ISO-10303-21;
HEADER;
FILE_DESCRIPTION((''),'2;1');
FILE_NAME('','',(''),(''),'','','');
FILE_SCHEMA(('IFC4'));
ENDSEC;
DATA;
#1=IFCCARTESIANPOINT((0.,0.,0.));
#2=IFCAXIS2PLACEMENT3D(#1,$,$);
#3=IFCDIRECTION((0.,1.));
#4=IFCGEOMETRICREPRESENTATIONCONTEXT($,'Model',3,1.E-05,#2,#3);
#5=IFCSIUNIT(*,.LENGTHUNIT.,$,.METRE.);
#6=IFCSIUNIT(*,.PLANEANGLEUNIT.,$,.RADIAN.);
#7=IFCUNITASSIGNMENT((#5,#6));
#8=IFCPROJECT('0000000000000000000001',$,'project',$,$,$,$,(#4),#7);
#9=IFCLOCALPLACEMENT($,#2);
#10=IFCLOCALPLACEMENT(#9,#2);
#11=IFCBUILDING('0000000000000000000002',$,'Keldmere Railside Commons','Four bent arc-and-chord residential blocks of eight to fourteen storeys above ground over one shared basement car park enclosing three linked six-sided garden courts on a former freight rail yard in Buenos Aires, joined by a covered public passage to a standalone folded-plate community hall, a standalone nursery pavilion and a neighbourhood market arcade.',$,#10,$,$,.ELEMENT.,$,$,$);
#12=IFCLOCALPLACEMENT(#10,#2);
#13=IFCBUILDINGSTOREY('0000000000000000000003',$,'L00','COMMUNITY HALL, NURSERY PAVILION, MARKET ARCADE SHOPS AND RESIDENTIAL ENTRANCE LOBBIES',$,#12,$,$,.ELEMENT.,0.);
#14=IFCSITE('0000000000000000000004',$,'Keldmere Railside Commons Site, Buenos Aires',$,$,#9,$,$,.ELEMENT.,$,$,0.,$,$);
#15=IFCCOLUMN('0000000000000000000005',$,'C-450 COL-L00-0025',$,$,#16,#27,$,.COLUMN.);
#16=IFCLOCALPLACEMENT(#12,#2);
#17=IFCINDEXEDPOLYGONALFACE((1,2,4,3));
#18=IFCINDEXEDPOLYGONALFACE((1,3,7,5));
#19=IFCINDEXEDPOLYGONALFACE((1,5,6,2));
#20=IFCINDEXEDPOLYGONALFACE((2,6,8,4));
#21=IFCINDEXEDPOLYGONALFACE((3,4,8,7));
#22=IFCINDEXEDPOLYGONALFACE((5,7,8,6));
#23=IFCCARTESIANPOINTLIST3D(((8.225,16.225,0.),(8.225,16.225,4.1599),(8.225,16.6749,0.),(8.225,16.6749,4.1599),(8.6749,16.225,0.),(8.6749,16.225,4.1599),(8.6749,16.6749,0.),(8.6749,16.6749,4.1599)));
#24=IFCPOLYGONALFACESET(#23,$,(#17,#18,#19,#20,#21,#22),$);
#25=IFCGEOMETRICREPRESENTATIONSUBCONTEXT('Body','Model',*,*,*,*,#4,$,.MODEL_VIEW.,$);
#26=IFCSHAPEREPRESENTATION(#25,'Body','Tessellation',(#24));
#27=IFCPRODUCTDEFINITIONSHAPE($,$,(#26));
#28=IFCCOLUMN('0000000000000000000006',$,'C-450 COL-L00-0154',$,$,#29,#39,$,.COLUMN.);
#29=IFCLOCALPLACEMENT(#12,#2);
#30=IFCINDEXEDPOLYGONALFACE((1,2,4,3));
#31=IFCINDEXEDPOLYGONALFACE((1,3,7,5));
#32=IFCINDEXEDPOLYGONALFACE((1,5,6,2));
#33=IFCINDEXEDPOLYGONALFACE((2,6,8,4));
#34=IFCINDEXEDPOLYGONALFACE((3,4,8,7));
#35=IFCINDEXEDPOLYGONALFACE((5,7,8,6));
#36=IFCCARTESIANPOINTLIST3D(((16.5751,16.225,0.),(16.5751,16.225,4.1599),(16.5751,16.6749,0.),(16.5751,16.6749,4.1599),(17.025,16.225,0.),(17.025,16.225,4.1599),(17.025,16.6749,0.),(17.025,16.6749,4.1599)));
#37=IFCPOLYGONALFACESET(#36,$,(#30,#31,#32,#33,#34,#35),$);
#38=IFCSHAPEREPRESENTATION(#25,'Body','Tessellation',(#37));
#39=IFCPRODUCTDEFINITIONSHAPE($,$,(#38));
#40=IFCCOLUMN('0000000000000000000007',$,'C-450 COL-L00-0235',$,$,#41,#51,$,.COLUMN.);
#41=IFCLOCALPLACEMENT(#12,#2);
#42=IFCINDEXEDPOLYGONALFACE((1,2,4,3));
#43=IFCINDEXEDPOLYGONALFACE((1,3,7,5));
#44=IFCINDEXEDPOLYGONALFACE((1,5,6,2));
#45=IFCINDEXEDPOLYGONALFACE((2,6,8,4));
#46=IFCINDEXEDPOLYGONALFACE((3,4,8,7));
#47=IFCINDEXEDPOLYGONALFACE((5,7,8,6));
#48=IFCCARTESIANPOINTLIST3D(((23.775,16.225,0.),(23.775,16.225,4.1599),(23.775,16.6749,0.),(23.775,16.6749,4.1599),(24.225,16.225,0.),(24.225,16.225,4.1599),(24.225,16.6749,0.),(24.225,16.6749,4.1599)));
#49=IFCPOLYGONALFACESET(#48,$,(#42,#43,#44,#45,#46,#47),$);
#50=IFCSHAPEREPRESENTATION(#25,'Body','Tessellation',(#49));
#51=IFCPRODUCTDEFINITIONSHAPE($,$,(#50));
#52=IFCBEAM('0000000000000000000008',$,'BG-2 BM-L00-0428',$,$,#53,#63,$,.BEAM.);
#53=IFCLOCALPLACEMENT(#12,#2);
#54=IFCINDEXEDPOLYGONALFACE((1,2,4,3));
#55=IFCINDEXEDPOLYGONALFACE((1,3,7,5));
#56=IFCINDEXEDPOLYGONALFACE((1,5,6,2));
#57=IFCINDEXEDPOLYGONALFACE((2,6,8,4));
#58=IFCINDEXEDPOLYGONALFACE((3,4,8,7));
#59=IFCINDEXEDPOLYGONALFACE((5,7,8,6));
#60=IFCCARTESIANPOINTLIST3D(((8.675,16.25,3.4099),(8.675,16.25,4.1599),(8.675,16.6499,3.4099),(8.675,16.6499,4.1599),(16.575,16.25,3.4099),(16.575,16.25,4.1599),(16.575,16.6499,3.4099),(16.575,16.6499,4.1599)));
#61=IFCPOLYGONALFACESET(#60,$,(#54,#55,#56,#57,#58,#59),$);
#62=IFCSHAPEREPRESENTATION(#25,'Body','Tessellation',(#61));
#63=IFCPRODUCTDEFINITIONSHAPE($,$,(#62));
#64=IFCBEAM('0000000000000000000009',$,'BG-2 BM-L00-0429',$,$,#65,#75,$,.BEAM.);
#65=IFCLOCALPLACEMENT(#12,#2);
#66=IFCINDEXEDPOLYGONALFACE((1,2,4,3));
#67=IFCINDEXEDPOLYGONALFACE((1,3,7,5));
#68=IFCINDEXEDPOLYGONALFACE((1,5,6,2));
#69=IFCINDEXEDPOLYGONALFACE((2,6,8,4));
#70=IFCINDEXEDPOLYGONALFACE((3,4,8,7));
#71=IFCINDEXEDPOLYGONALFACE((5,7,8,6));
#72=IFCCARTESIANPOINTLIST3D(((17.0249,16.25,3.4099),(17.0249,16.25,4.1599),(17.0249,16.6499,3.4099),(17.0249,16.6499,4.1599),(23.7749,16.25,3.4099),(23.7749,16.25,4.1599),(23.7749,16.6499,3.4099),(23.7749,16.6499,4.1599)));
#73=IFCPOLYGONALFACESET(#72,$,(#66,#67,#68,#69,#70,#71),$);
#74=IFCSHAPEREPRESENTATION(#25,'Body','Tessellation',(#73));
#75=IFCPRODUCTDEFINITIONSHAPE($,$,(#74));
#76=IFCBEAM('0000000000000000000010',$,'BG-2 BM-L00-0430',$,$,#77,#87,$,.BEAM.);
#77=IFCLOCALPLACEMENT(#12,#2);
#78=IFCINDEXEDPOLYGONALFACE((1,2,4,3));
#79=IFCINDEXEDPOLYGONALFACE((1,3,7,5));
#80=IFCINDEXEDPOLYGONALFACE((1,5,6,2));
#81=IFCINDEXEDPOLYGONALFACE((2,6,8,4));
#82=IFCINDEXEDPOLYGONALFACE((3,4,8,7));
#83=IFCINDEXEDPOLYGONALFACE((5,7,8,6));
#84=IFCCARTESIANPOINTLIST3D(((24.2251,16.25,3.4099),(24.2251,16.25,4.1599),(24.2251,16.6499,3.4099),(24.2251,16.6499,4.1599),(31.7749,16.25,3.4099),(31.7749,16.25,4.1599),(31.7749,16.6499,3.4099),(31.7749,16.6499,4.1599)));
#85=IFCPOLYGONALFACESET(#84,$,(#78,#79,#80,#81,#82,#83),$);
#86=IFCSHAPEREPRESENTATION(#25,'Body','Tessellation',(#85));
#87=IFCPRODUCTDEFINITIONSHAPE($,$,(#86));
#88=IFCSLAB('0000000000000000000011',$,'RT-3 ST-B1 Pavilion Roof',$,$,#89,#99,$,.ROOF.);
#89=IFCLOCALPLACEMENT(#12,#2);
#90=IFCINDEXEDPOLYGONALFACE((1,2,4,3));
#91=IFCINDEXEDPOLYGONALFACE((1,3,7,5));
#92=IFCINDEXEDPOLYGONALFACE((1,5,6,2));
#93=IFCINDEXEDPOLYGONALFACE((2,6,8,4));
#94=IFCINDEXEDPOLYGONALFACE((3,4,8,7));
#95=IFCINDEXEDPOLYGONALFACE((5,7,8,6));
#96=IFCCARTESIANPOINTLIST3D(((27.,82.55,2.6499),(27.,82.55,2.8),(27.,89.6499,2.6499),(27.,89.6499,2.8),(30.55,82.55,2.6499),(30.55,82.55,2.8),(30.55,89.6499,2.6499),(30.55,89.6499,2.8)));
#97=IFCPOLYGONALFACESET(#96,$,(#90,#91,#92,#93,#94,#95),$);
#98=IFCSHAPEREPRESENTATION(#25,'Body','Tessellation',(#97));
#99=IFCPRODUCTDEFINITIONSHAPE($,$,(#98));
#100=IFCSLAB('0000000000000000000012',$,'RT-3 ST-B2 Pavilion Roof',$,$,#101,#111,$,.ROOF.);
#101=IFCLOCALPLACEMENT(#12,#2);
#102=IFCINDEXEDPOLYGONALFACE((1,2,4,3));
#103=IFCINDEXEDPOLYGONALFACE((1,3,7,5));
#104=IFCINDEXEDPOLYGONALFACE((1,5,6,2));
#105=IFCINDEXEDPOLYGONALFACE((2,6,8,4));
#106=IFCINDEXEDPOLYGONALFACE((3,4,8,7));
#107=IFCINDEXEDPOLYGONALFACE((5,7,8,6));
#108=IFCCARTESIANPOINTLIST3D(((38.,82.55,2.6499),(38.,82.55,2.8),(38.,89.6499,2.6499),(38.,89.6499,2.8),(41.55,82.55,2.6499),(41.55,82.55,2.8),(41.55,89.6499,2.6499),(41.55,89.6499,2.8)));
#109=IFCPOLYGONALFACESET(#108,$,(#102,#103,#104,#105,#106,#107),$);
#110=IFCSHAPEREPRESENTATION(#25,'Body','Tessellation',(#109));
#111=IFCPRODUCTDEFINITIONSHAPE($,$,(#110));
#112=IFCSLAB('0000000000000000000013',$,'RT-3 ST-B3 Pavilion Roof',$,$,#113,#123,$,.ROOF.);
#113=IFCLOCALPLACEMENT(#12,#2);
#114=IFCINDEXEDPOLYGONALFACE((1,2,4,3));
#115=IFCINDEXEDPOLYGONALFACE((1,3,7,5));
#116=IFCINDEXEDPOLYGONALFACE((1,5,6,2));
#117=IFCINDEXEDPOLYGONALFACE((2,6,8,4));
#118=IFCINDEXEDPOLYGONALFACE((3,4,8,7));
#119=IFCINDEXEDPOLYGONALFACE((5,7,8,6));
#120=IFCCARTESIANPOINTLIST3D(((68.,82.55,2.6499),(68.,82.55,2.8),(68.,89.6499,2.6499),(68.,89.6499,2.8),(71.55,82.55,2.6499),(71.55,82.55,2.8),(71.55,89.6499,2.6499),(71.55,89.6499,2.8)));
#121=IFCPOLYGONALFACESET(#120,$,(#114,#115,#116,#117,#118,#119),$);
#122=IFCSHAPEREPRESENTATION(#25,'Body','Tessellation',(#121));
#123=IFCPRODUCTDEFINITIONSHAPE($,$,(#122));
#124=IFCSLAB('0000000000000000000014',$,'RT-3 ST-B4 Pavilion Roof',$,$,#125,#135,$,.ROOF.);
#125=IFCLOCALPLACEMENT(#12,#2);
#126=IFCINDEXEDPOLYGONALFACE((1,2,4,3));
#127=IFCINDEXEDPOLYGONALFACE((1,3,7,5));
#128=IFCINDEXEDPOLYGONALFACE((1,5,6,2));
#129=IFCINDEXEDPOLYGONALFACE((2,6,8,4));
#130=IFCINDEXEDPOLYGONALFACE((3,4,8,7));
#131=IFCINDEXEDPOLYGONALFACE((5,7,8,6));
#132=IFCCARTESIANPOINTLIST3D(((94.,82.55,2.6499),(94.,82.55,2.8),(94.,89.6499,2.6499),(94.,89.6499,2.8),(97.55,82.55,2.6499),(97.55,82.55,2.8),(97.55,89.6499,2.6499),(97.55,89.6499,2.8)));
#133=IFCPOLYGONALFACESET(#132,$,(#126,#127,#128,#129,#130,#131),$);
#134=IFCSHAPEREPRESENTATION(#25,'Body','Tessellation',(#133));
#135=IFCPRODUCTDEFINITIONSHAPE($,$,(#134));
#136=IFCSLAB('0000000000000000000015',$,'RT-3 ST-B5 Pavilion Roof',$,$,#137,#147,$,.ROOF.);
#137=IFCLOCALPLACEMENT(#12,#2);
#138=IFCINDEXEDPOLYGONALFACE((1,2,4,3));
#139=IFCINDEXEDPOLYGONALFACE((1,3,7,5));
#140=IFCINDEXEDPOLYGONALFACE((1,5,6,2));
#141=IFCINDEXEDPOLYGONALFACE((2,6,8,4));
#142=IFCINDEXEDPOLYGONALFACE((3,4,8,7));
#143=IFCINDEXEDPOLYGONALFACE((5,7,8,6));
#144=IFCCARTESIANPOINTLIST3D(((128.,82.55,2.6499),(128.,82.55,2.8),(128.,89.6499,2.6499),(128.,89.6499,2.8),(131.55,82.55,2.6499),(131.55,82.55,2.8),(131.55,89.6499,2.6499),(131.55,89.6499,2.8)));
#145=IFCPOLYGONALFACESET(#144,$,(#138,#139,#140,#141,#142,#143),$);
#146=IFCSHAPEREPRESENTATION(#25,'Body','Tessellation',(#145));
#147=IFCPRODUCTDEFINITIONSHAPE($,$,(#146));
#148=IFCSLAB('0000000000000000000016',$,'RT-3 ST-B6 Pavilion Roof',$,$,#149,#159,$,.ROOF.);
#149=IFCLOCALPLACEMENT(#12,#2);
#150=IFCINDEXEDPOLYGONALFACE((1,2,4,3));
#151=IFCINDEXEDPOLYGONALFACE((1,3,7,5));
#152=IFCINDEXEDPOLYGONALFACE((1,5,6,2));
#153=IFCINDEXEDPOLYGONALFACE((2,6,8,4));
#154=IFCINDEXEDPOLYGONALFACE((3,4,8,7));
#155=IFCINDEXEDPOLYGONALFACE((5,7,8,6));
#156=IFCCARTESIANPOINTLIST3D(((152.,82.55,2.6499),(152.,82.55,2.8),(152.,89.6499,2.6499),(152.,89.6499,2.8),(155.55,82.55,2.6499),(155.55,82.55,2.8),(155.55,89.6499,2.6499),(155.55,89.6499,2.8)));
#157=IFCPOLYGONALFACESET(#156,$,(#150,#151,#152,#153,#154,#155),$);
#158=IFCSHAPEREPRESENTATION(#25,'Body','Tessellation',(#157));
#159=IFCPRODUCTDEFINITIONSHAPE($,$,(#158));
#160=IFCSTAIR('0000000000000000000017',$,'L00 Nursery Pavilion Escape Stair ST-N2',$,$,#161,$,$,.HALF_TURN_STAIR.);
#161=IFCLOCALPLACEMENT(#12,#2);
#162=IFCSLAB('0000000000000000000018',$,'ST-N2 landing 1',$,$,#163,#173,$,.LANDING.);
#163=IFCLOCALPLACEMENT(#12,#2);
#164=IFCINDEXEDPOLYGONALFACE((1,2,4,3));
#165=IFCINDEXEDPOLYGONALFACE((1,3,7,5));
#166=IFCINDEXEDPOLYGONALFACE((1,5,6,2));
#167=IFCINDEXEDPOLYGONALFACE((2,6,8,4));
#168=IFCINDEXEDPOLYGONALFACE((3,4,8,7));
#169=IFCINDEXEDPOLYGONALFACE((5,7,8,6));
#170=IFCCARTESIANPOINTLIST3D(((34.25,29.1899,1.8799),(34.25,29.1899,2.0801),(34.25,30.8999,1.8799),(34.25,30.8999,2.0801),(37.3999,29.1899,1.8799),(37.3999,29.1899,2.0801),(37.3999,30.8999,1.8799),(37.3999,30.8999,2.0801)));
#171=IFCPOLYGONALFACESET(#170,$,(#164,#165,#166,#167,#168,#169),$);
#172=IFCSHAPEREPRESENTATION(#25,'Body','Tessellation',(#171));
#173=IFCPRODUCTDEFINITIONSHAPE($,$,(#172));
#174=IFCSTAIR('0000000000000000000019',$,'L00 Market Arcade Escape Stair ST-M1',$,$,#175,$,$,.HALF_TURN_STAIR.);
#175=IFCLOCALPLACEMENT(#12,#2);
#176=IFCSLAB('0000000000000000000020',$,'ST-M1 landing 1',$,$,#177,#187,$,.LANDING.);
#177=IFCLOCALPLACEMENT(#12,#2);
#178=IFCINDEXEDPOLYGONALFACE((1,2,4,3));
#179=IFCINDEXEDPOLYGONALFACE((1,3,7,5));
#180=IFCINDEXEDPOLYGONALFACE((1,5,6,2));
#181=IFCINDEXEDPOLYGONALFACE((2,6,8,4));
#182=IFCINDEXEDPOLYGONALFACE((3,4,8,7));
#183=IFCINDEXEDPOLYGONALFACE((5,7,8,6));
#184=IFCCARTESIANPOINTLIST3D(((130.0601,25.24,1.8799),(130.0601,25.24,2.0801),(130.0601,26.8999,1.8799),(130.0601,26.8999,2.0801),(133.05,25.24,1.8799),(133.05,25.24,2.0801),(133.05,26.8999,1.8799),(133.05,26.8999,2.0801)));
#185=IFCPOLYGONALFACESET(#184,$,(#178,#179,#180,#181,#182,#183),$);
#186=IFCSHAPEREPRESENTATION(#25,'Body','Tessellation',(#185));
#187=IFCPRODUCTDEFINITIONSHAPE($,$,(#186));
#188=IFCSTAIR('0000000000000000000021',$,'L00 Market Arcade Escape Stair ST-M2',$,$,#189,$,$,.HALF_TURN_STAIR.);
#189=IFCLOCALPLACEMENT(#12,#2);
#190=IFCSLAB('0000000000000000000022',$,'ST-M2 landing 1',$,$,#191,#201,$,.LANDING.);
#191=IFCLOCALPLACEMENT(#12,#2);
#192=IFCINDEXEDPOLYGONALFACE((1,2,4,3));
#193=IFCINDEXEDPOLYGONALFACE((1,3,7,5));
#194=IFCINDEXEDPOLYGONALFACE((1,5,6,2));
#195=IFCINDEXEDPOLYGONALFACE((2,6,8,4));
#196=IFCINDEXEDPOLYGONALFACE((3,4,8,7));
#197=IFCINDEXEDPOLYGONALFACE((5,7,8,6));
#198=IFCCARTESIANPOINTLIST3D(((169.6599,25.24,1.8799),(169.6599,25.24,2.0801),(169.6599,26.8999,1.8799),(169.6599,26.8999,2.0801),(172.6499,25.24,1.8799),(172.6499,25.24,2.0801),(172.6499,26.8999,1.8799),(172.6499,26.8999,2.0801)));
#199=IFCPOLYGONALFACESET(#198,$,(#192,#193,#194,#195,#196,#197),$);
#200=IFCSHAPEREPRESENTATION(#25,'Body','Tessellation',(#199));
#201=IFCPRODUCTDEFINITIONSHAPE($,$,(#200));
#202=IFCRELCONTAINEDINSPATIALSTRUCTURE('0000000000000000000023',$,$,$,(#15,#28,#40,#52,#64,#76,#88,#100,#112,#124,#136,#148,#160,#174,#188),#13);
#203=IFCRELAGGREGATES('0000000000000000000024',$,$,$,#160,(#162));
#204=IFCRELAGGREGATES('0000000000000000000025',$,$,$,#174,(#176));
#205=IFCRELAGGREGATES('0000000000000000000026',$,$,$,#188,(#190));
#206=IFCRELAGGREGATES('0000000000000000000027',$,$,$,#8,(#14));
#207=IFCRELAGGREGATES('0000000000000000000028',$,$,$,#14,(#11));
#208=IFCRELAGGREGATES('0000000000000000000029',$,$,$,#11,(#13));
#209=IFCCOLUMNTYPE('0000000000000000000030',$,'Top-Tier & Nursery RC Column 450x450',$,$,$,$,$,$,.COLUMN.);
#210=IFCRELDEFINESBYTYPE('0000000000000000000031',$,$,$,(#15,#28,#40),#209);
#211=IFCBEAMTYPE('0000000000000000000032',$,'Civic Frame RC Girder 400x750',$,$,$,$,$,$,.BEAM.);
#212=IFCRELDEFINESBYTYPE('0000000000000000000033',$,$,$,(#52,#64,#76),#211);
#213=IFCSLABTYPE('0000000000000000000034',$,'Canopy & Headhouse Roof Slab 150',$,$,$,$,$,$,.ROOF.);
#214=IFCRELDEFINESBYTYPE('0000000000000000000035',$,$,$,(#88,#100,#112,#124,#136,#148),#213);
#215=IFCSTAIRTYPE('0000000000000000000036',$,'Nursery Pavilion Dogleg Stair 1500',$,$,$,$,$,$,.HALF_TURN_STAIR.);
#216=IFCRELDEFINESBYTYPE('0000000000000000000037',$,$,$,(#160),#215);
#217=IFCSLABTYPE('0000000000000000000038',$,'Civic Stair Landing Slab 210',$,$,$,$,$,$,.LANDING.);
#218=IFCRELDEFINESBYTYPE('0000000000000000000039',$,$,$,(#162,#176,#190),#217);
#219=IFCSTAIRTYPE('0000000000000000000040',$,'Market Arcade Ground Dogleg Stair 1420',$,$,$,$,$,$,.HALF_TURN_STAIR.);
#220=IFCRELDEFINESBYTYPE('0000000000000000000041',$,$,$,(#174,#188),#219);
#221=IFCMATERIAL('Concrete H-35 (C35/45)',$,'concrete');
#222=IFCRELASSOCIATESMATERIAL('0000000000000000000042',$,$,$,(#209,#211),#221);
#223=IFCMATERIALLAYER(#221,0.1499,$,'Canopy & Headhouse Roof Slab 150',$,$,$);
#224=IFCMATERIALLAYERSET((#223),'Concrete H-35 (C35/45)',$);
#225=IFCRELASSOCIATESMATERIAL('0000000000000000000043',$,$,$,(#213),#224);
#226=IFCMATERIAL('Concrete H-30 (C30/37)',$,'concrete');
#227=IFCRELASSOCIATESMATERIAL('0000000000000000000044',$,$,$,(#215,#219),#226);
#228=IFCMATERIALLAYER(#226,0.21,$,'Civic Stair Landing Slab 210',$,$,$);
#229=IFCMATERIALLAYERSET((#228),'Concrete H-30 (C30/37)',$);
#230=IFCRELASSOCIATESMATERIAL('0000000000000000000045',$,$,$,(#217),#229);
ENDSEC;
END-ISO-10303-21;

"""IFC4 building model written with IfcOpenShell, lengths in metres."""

from ifc_helpers import new_model, si_unit, direction, frame, origin, origin_2d, place, context, subcontext, project, spatial, polyline, rectangle, outline, extrude, material, layer, layer_set, material_profile, profile_set, type_object, element, aggregate, save


model = new_model("IFC4")

# Units and contexts
model_context = context("Model", 3, precision=1e-05, world=origin(), true_north=direction((0.0, 1.0)))
body_context = subcontext(model_context, "Body", "Model", "MODEL_VIEW")
ifc_project = project(units=[si_unit("LENGTHUNIT", "METRE"), si_unit("PLANEANGLEUNIT", "RADIAN")], contexts=[model_context])

# Site, building, storey
site_placement = place(None, origin())
site = spatial("IfcSite", under=ifc_project, at=site_placement, Name="Keldmere Railside Commons Site, Buenos Aires", CompositionType="ELEMENT", RefElevation=0.0)
building_placement = place(site_placement, origin())
building = spatial("IfcBuilding", under=site, at=building_placement, Name="Keldmere Railside Commons", Description="Four bent arc-and-chord residential blocks of eight to fourteen storeys above ground over one shared basement car park enclosing three linked six-sided garden courts on a former freight rail yard in Buenos Aires, joined by a covered public passage to a standalone folded-plate community hall, a standalone nursery pavilion and a neighbourhood market arcade.", CompositionType="ELEMENT")
storey_placement = place(building_placement, origin())
storey = spatial("IfcBuildingStorey", under=building, at=storey_placement, Name="L00", Description="COMMUNITY HALL, NURSERY PAVILION, MARKET ARCADE SHOPS AND RESIDENTIAL ENTRANCE LOBBIES", CompositionType="ELEMENT", Elevation=0.0)

# Columns
ifc_material_1 = material(Name="Concrete H-35 (C35/45)", Category="concrete")
ifc_material_profile_1 = material_profile(ifc_material_1, rectangle(XDim=0.45, YDim=0.45, at=origin_2d()), Name="RC-450x450")
ifc_profile_set_1 = profile_set([ifc_material_profile_1], Name="Concrete H-35 (C35/45)")
column_type = type_object("IfcColumnType", Name="Top-Tier & Nursery RC Column 450x450", PredefinedType="COLUMN", material=ifc_profile_set_1)
for number, where, z_axis, x_axis, name in (
    (1, (8.45, 16.45, 0.0), (0.0, 0.0, 1.0), (1.0, 0.0, 0.0), "C-450 COL-L00-0025"),
    (2, (16.8, 16.45, 0.0), (0.0, 0.0, 1.0), (1.0, 0.0, 0.0), "C-450 COL-L00-0154"),
    (3, (24.0, 16.45, 0.0), (0.0, 0.0, 1.0), (1.0, 0.0, 0.0), "C-450 COL-L00-0235"),
):
    element("IfcColumn", number, at=place(storey_placement, frame(where, z_axis=z_axis, x_axis=x_axis)), inside=storey, type_object=column_type, Name=name, PredefinedType="COLUMN", context=body_context, shape_type="SweptSolid", body=[
        extrude(rectangle(XDim=0.45, YDim=0.45, at=origin_2d()), origin(), (0.0, 0.0, 1.0), 4.1599),
    ])

# Beams
ifc_material_profile_2 = material_profile(ifc_material_1, rectangle(XDim=0.3999, YDim=0.75, at=origin_2d()), Name="RC-400x750")
ifc_profile_set_2 = profile_set([ifc_material_profile_2], Name="Concrete H-35 (C35/45)")
beam_type = type_object("IfcBeamType", Name="Civic Frame RC Girder 400x750", PredefinedType="BEAM", material=ifc_profile_set_2)
beam_1_placement = place(storey_placement, frame((8.675, 16.45, 3.7849), z_axis=(1.0, 0.0, 0.0), x_axis=(0.0, 1.0, 0.0)))
element("IfcBeam", 4, at=beam_1_placement, inside=storey, type_object=beam_type, Name="BG-2 BM-L00-0428", PredefinedType="BEAM", context=body_context, shape_type="SweptSolid", body=[
    extrude(rectangle(XDim=0.3999, YDim=0.75, at=origin_2d()), origin(), (0.0, 0.0, 1.0), 7.8999),
])
beam_2_placement = place(storey_placement, frame((17.0249, 16.45, 3.7849), z_axis=(1.0, 0.0, 0.0), x_axis=(0.0, 1.0, 0.0)))
element("IfcBeam", 5, at=beam_2_placement, inside=storey, type_object=beam_type, Name="BG-2 BM-L00-0429", PredefinedType="BEAM", context=body_context, shape_type="SweptSolid", body=[
    extrude(rectangle(XDim=0.3999, YDim=0.75, at=origin_2d()), origin(), (0.0, 0.0, 1.0), 6.75),
])
beam_3_placement = place(storey_placement, frame((24.2251, 16.45, 3.7849), z_axis=(1.0, 0.0, 0.0), x_axis=(0.0, 1.0, 0.0)))
element("IfcBeam", 6, at=beam_3_placement, inside=storey, type_object=beam_type, Name="BG-2 BM-L00-0430", PredefinedType="BEAM", context=body_context, shape_type="SweptSolid", body=[
    extrude(rectangle(XDim=0.3999, YDim=0.75, at=origin_2d()), origin(), (0.0, 0.0, 1.0), 7.5498),
])

# Slabs
ifc_layer_1 = layer(ifc_material_1, 0.1499, Name="Canopy & Headhouse Roof Slab 150")
ifc_layer_set_1 = layer_set([ifc_layer_1], Name="Concrete H-35 (C35/45)")
slab_type_1 = type_object("IfcSlabType", Name="Canopy & Headhouse Roof Slab 150", PredefinedType="ROOF", material=ifc_layer_set_1)
slab_1_placement = place(storey_placement, frame((0.0, 0.0, 2.6499)))
element("IfcSlab", 7, at=slab_1_placement, inside=storey, type_object=slab_type_1, Name="RT-3 ST-B1 Pavilion Roof", PredefinedType="ROOF", context=body_context, shape_type="SweptSolid", body=[
    extrude(outline(polyline([(27.0, 82.55), (30.55, 82.55), (30.55, 89.6499), (27.0, 89.6499), (27.0, 82.55)])), origin(), (0.0, 0.0, 1.0), 0.1501),
])
slab_2_placement = place(storey_placement, frame((0.0, 0.0, 2.6499)))
element("IfcSlab", 8, at=slab_2_placement, inside=storey, type_object=slab_type_1, Name="RT-3 ST-B2 Pavilion Roof", PredefinedType="ROOF", context=body_context, shape_type="SweptSolid", body=[
    extrude(outline(polyline([(38.0, 82.55), (41.55, 82.55), (41.55, 89.6499), (38.0, 89.6499), (38.0, 82.55)])), origin(), (0.0, 0.0, 1.0), 0.1501),
])
slab_3_placement = place(storey_placement, frame((0.0, 0.0, 2.6499)))
element("IfcSlab", 9, at=slab_3_placement, inside=storey, type_object=slab_type_1, Name="RT-3 ST-B3 Pavilion Roof", PredefinedType="ROOF", context=body_context, shape_type="SweptSolid", body=[
    extrude(outline(polyline([(68.0, 82.55), (71.55, 82.55), (71.55, 89.6499), (68.0, 89.6499), (68.0, 82.55)])), origin(), (0.0, 0.0, 1.0), 0.1501),
])
slab_4_placement = place(storey_placement, frame((0.0, 0.0, 2.6499)))
element("IfcSlab", 10, at=slab_4_placement, inside=storey, type_object=slab_type_1, Name="RT-3 ST-B4 Pavilion Roof", PredefinedType="ROOF", context=body_context, shape_type="SweptSolid", body=[
    extrude(outline(polyline([(94.0, 82.55), (97.55, 82.55), (97.55, 89.6499), (94.0, 89.6499), (94.0, 82.55)])), origin(), (0.0, 0.0, 1.0), 0.1501),
])
slab_5_placement = place(storey_placement, frame((0.0, 0.0, 2.6499)))
element("IfcSlab", 11, at=slab_5_placement, inside=storey, type_object=slab_type_1, Name="RT-3 ST-B5 Pavilion Roof", PredefinedType="ROOF", context=body_context, shape_type="SweptSolid", body=[
    extrude(outline(polyline([(128.0, 82.55), (131.55, 82.55), (131.55, 89.6499), (128.0, 89.6499), (128.0, 82.55)])), origin(), (0.0, 0.0, 1.0), 0.1501),
])
slab_6_placement = place(storey_placement, frame((0.0, 0.0, 2.6499)))
element("IfcSlab", 12, at=slab_6_placement, inside=storey, type_object=slab_type_1, Name="RT-3 ST-B6 Pavilion Roof", PredefinedType="ROOF", context=body_context, shape_type="SweptSolid", body=[
    extrude(outline(polyline([(152.0, 82.55), (155.55, 82.55), (155.55, 89.6499), (152.0, 89.6499), (152.0, 82.55)])), origin(), (0.0, 0.0, 1.0), 0.1501),
])

# Stairs, slabs
ifc_material_2 = material(Name="Concrete H-30 (C30/37)", Category="concrete")
stair_type_1 = type_object("IfcStairType", Name="Nursery Pavilion Dogleg Stair 1500", PredefinedType="HALF_TURN_STAIR", material=ifc_material_2)
stair_1_placement = place(storey_placement, origin())
stair_1 = element("IfcStair", 13, at=stair_1_placement, inside=storey, type_object=stair_type_1, Name="L00 Nursery Pavilion Escape Stair ST-N2", PredefinedType="HALF_TURN_STAIR")
ifc_layer_2 = layer(ifc_material_2, 0.21, Name="Civic Stair Landing Slab 210")
ifc_layer_set_2 = layer_set([ifc_layer_2], Name="Concrete H-30 (C30/37)")
slab_type_2 = type_object("IfcSlabType", Name="Civic Stair Landing Slab 210", PredefinedType="LANDING", material=ifc_layer_set_2)
slab_7_placement = place(storey_placement, frame((0.0, 0.0, 1.8799)))
slab_7 = element("IfcSlab", 14, at=slab_7_placement, type_object=slab_type_2, Name="ST-N2 landing 1", PredefinedType="LANDING", context=body_context, shape_type="SweptSolid", body=[
    extrude(outline(polyline([(37.3999, 29.1899), (37.3999, 30.8999), (34.25, 30.8999), (34.25, 29.1899), (37.3999, 29.1899)])), origin(), (0.0, 0.0, 1.0), 0.2002),
])
aggregate(stair_1, [slab_7])
stair_type_2 = type_object("IfcStairType", Name="Market Arcade Ground Dogleg Stair 1420", PredefinedType="HALF_TURN_STAIR", material=ifc_material_2)
stair_2_placement = place(storey_placement, origin())
stair_2 = element("IfcStair", 15, at=stair_2_placement, inside=storey, type_object=stair_type_2, Name="L00 Market Arcade Escape Stair ST-M1", PredefinedType="HALF_TURN_STAIR")
slab_8_placement = place(storey_placement, frame((0.0, 0.0, 1.8799)))
slab_8 = element("IfcSlab", 16, at=slab_8_placement, type_object=slab_type_2, Name="ST-M1 landing 1", PredefinedType="LANDING", context=body_context, shape_type="SweptSolid", body=[
    extrude(outline(polyline([(133.05, 25.24), (133.05, 26.8999), (130.0601, 26.8999), (130.0601, 25.24), (133.05, 25.24)])), origin(), (0.0, 0.0, 1.0), 0.2002),
])
aggregate(stair_2, [slab_8])
stair_3_placement = place(storey_placement, origin())
stair_3 = element("IfcStair", 17, at=stair_3_placement, inside=storey, type_object=stair_type_2, Name="L00 Market Arcade Escape Stair ST-M2", PredefinedType="HALF_TURN_STAIR")
slab_9_placement = place(storey_placement, frame((0.0, 0.0, 1.8799)))
slab_9 = element("IfcSlab", 18, at=slab_9_placement, type_object=slab_type_2, Name="ST-M2 landing 1", PredefinedType="LANDING", context=body_context, shape_type="SweptSolid", body=[
    extrude(outline(polyline([(172.6499, 25.24), (172.6499, 26.8999), (169.6599, 26.8999), (169.6599, 25.24), (172.6499, 25.24)])), origin(), (0.0, 0.0, 1.0), 0.2002),
])
aggregate(stair_3, [slab_9])

save(model, "model.ifc")
